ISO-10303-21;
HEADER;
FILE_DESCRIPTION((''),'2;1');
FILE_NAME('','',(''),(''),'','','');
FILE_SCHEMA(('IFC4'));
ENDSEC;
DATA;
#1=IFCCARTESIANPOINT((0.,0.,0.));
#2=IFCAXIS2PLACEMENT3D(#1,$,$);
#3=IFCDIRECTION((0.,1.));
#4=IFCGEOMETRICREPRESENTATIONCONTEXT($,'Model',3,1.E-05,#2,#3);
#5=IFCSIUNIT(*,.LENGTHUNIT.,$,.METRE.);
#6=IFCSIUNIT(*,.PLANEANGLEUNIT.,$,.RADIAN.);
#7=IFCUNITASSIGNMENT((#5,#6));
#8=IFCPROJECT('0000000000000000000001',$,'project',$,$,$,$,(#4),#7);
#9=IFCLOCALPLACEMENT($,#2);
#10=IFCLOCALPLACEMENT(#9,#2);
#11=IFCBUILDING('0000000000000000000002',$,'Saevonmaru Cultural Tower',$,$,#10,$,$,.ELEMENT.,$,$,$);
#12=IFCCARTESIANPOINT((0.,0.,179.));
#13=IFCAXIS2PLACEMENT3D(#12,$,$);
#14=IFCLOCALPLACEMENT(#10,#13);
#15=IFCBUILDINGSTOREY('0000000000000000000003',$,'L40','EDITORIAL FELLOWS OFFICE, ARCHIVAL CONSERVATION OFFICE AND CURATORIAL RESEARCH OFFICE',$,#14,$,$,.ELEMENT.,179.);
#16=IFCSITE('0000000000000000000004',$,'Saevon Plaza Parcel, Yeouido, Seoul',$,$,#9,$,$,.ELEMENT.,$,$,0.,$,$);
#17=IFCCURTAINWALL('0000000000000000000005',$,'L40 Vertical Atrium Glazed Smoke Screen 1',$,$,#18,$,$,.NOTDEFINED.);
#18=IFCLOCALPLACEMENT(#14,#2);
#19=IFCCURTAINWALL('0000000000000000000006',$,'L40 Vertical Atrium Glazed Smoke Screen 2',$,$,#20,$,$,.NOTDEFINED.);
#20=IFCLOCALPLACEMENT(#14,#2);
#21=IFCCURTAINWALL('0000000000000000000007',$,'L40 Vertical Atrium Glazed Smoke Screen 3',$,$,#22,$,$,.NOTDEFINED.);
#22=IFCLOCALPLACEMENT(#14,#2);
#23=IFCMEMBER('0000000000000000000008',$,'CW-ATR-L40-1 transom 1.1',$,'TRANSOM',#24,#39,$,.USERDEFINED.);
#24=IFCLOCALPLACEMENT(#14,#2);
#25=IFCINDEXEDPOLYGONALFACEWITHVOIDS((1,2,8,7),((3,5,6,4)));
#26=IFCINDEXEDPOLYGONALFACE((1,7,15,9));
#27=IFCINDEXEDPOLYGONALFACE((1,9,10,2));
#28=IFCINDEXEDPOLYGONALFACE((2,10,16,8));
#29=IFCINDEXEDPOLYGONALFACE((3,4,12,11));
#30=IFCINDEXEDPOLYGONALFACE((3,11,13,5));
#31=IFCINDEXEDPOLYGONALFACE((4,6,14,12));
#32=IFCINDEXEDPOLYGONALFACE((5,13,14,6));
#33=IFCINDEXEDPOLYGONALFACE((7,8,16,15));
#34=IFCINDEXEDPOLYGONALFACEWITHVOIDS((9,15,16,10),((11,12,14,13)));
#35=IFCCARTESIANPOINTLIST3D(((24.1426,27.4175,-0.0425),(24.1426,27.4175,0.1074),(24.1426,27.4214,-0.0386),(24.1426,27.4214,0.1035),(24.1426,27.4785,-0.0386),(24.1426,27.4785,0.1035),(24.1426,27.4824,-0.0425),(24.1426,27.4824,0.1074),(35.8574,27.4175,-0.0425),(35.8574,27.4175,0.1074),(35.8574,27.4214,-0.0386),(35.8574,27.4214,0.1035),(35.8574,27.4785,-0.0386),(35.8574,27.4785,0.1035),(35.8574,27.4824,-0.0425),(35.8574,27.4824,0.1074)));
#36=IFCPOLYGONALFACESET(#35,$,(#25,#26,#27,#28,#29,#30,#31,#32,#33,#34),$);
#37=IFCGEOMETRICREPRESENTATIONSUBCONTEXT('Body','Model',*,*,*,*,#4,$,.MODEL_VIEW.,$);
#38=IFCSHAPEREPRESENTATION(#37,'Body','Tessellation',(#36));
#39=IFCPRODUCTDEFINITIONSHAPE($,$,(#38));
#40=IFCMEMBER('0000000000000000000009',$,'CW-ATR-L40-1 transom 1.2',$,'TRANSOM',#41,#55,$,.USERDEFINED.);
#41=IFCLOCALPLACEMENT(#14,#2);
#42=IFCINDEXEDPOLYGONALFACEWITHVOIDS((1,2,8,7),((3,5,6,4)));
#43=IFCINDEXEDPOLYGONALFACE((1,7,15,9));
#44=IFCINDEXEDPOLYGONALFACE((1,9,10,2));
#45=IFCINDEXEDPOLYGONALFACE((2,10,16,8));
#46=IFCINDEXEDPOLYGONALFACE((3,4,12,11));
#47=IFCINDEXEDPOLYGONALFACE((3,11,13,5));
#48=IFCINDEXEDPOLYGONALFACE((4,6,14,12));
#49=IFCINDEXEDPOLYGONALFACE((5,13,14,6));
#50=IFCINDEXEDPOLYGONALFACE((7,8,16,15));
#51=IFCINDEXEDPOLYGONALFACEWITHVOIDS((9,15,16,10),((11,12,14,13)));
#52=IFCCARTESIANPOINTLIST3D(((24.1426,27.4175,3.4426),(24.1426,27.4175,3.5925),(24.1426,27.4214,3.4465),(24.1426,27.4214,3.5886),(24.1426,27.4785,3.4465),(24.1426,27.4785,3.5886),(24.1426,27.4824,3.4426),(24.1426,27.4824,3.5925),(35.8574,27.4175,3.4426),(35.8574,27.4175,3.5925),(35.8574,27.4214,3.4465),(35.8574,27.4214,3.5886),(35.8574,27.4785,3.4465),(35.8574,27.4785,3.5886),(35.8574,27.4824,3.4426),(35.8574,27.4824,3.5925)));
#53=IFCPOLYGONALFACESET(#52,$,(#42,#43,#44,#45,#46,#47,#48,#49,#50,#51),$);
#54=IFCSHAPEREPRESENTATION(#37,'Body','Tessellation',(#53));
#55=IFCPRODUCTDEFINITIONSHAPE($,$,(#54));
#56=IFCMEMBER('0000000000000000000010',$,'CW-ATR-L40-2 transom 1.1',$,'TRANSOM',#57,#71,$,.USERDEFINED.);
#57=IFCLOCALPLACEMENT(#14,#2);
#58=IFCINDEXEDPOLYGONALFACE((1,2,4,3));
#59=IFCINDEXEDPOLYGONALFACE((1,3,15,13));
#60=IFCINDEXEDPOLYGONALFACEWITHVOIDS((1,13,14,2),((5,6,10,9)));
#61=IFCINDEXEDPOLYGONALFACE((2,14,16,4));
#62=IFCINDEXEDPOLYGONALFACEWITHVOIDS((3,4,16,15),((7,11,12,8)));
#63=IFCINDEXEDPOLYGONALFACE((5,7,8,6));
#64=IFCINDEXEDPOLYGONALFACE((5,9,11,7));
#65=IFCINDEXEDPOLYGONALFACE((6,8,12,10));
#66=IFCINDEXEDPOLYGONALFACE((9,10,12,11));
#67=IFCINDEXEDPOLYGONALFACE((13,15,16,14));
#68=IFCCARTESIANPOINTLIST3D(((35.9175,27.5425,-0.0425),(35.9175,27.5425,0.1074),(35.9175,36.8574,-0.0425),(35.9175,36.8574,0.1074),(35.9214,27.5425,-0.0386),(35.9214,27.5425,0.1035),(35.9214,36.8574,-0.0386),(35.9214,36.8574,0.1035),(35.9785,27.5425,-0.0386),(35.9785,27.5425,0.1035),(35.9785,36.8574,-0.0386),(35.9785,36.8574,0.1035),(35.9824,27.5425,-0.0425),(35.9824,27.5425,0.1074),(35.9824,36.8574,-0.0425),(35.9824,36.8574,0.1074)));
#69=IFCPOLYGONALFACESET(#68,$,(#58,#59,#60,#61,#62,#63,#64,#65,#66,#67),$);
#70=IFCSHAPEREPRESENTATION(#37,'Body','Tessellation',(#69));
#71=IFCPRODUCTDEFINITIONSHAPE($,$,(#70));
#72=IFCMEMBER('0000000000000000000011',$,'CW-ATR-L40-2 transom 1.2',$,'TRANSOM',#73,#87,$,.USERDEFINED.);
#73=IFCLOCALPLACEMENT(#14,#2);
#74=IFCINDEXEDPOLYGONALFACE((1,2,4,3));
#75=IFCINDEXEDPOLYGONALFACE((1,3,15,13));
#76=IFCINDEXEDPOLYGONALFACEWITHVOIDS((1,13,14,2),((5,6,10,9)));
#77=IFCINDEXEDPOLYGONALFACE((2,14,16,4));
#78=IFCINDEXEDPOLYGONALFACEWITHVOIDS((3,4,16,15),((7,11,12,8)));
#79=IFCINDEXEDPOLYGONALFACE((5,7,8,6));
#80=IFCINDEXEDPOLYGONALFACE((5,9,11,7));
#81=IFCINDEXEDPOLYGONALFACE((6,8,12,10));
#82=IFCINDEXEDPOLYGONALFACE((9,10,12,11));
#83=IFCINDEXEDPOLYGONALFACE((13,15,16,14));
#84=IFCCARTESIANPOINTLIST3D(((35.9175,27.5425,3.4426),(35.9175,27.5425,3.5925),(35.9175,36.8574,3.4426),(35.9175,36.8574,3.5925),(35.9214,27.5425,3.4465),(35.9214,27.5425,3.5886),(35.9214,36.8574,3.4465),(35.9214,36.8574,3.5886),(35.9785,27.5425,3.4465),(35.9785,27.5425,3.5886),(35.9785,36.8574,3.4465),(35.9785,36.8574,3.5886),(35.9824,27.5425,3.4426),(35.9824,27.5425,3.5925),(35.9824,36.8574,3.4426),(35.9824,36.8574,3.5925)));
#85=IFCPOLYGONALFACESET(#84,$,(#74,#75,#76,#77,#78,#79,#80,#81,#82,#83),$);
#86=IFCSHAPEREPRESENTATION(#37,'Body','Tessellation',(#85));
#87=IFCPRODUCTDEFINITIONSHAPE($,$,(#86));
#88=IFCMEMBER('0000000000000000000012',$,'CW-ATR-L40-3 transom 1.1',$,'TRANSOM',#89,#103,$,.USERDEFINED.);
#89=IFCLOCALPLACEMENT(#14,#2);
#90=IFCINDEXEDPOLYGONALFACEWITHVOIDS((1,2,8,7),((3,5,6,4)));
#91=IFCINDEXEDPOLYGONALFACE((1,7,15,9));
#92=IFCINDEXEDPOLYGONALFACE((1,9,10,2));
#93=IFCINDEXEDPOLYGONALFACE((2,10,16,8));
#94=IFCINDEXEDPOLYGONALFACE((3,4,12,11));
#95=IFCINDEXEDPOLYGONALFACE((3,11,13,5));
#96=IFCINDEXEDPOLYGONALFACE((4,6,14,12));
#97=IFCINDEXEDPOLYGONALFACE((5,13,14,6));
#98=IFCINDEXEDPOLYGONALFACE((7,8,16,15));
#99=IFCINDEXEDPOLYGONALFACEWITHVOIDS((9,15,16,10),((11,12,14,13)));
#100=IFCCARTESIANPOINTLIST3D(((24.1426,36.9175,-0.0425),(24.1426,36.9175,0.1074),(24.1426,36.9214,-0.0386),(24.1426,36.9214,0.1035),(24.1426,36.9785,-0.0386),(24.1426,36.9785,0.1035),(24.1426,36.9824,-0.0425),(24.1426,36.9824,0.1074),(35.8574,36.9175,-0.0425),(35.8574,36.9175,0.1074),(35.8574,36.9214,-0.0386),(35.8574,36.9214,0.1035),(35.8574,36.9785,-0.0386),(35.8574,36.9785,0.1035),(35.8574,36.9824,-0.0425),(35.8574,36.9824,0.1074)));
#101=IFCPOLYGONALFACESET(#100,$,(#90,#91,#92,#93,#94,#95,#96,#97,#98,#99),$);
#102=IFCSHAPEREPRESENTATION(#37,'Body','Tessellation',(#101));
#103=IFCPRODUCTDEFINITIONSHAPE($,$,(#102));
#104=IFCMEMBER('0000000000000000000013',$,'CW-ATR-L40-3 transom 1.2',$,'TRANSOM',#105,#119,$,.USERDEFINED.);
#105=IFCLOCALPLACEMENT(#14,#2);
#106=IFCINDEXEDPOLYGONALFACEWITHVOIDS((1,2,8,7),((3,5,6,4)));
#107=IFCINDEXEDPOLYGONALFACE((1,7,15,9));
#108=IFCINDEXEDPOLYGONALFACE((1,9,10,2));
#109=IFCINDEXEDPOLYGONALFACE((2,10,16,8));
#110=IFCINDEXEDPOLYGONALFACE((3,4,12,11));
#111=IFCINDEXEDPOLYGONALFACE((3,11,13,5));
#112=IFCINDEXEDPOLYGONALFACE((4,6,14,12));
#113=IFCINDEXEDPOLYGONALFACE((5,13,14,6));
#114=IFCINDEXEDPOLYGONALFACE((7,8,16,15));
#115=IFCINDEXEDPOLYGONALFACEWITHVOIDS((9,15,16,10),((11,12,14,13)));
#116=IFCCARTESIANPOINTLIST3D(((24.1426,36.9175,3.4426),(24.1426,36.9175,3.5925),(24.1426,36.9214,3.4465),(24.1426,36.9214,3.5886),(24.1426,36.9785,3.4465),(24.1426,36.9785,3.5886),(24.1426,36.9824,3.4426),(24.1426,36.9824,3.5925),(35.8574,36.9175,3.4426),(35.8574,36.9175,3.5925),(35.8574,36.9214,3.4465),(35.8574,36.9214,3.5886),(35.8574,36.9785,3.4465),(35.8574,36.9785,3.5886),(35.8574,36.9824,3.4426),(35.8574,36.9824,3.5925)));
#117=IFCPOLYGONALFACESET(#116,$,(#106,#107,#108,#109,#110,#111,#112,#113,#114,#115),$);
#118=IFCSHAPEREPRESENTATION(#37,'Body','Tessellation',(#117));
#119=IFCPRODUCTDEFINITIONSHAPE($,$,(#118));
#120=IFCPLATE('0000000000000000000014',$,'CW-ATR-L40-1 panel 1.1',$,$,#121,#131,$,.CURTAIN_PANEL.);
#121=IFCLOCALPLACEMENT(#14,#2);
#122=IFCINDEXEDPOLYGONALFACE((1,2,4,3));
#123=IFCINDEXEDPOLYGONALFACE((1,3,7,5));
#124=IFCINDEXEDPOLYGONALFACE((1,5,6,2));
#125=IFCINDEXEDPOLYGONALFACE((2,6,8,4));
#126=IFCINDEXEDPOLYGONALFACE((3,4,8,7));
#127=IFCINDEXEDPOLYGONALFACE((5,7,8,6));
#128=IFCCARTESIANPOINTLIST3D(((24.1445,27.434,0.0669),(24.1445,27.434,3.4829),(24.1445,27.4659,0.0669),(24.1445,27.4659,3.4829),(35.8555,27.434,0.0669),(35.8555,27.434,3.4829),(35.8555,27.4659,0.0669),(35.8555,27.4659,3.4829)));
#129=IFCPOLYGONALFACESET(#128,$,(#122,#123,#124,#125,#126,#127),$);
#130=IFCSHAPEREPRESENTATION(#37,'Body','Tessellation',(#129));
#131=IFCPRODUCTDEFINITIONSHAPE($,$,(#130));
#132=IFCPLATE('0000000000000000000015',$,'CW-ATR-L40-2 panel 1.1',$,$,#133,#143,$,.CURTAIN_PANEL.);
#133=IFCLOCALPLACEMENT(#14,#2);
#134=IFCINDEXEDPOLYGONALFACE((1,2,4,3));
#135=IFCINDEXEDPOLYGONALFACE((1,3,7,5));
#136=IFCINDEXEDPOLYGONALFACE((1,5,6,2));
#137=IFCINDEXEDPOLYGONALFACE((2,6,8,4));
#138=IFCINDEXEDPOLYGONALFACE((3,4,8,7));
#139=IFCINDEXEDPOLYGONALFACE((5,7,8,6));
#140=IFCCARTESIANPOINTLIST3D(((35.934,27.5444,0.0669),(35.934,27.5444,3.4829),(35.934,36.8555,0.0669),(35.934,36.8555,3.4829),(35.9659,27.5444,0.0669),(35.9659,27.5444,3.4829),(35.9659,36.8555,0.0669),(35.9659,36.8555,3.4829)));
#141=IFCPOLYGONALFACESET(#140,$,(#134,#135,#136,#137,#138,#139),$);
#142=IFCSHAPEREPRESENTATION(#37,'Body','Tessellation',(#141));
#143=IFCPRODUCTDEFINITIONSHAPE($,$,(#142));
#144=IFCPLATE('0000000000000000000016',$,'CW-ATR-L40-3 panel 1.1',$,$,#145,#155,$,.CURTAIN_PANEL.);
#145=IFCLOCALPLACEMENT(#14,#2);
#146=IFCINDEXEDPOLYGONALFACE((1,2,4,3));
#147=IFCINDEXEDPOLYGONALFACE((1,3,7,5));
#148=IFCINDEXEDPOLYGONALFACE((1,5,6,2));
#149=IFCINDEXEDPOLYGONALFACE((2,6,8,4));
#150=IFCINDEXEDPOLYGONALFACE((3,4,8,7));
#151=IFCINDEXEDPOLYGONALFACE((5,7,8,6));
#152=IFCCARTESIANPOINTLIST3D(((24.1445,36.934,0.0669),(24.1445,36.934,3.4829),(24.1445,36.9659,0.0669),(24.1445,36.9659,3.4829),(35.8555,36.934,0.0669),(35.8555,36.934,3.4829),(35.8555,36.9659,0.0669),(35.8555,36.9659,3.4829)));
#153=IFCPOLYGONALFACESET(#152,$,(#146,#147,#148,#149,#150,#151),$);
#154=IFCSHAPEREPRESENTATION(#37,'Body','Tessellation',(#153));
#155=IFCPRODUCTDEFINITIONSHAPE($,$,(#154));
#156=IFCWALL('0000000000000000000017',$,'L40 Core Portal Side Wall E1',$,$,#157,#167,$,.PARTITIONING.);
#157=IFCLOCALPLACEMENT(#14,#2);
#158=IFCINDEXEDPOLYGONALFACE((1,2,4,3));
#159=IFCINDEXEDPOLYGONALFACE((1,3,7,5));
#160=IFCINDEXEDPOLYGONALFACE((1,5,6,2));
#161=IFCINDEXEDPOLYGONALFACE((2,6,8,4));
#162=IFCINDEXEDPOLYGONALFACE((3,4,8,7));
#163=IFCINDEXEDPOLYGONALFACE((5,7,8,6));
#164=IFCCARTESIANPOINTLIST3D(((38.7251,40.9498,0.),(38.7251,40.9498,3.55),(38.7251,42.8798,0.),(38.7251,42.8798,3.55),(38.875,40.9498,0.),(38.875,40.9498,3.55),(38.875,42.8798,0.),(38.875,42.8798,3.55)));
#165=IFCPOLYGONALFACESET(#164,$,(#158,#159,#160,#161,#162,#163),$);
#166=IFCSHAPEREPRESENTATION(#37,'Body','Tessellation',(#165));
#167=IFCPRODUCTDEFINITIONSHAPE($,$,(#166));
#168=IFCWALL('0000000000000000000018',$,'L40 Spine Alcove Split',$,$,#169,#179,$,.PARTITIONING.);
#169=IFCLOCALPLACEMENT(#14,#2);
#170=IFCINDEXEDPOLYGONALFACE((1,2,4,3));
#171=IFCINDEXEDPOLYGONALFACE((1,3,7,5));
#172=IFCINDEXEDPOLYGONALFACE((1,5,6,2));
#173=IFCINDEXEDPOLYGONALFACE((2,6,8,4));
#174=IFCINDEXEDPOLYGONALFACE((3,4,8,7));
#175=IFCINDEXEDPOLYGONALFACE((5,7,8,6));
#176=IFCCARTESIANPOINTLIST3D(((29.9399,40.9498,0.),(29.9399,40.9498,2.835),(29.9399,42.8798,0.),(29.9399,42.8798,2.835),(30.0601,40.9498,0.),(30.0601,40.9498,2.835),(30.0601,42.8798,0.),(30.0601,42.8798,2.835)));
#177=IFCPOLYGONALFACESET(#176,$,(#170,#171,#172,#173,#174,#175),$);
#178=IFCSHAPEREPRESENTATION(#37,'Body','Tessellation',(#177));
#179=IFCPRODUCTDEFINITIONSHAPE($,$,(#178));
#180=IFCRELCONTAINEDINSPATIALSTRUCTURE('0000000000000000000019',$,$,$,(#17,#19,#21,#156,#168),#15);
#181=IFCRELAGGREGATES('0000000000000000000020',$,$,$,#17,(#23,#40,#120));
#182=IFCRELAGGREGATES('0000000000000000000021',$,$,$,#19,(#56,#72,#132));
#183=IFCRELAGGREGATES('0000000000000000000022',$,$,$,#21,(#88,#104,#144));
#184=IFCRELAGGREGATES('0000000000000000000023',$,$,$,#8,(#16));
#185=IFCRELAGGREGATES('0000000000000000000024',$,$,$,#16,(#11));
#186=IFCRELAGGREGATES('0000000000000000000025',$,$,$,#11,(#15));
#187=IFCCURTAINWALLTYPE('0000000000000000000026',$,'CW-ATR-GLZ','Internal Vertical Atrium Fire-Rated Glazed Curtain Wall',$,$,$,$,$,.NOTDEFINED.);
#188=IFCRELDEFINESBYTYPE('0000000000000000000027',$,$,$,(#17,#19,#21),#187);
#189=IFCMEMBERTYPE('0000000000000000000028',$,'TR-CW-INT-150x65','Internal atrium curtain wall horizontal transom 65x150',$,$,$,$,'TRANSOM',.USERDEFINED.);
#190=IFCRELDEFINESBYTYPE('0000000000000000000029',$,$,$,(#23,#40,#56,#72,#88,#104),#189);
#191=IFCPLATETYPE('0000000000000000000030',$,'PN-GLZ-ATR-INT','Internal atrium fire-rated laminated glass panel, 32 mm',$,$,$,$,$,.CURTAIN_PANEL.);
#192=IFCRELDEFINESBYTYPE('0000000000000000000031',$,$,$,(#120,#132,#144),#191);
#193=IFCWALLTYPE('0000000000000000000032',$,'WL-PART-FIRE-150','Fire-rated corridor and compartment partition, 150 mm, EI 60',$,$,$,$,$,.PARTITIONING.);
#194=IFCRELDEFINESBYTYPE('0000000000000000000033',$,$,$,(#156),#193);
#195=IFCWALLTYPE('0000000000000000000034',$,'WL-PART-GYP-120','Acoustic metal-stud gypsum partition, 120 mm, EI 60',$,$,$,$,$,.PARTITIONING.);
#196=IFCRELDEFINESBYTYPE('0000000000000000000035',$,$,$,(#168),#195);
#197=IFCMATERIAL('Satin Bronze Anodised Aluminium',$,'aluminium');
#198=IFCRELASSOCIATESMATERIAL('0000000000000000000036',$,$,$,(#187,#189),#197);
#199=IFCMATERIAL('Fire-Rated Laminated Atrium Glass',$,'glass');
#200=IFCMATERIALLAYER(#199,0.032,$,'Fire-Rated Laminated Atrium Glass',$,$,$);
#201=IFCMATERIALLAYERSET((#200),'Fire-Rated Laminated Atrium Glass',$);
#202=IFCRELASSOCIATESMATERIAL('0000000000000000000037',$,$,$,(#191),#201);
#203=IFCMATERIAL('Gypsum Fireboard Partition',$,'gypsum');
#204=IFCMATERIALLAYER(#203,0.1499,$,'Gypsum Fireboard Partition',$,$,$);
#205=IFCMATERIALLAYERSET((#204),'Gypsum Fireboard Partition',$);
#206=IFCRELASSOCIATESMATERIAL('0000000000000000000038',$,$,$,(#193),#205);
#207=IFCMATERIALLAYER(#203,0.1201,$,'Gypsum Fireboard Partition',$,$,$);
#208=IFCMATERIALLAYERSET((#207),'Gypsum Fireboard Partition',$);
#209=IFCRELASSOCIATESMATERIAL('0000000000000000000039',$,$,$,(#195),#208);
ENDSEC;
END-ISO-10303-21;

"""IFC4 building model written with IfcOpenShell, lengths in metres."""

from ifc_helpers import new_model, si_unit, direction, frame, frame_2d, origin, origin_2d, place, context, subcontext, project, spatial, rectangle, hollow_rectangle, extrude, material, layer, layer_set, material_profile, profile_set, type_object, element, aggregate, save


model = new_model("IFC4")

# Units and contexts
model_context = context("Model", 3, precision=1e-05, world=origin(), true_north=direction((0.0, 1.0)))
body_context = subcontext(model_context, "Body", "Model", "MODEL_VIEW")
ifc_project = project(units=[si_unit("LENGTHUNIT", "METRE"), si_unit("PLANEANGLEUNIT", "RADIAN")], contexts=[model_context])

# Site, building, storey
site_placement = place(None, origin())
site = spatial("IfcSite", under=ifc_project, at=site_placement, Name="Saevon Plaza Parcel, Yeouido, Seoul", CompositionType="ELEMENT", RefElevation=0.0)
building_placement = place(site_placement, origin())
building = spatial("IfcBuilding", under=site, at=building_placement, Name="Saevonmaru Cultural Tower", CompositionType="ELEMENT")
storey_placement = place(building_placement, frame((0.0, 0.0, 179.0)))
storey = spatial("IfcBuildingStorey", under=building, at=storey_placement, Name="L40", Description="EDITORIAL FELLOWS OFFICE, ARCHIVAL CONSERVATION OFFICE AND CURATORIAL RESEARCH OFFICE", CompositionType="ELEMENT", Elevation=179.0)

# Shared definitions
ifc_material_1 = material(Name="Satin Bronze Anodised Aluminium", Category="aluminium")

# Curtain walls
curtain_wall_type_1 = type_object("IfcCurtainWallType", Name="CW-ATR-GLZ", Description="Internal Vertical Atrium Fire-Rated Glazed Curtain Wall", PredefinedType="NOTDEFINED", material=ifc_material_1)
curtain_wall_1_placement = place(storey_placement, origin())
curtain_wall_1 = element("IfcCurtainWall", 1, at=curtain_wall_1_placement, inside=storey, type_object=curtain_wall_type_1, Name="L40 Vertical Atrium Glazed Smoke Screen 1", PredefinedType="NOTDEFINED")
curtain_wall_2_placement = place(storey_placement, origin())
curtain_wall_2 = element("IfcCurtainWall", 2, at=curtain_wall_2_placement, inside=storey, type_object=curtain_wall_type_1, Name="L40 Vertical Atrium Glazed Smoke Screen 2", PredefinedType="NOTDEFINED")
curtain_wall_3_placement = place(storey_placement, origin())
curtain_wall_3 = element("IfcCurtainWall", 3, at=curtain_wall_3_placement, inside=storey, type_object=curtain_wall_type_1, Name="L40 Vertical Atrium Glazed Smoke Screen 3", PredefinedType="NOTDEFINED")

# Members
ifc_material_profile_1 = material_profile(ifc_material_1, hollow_rectangle(XDim=0.0649, YDim=0.1499, WallThickness=0.0039, at=origin_2d()), Name="ALU-TRAN-150x65x4")
ifc_profile_set_1 = profile_set([ifc_material_profile_1], Name="Satin Bronze Anodised Aluminium")
member_type_1 = type_object("IfcMemberType", Name="TR-CW-INT-150x65", Description="Internal atrium curtain wall horizontal transom 65x150", ElementType="TRANSOM", PredefinedType="USERDEFINED", material=ifc_profile_set_1)
member_1_placement = place(storey_placement, frame((24.1426, 27.45, 0.0325), z_axis=(1.0, 0.0, 0.0), x_axis=(0.0, 1.0, 0.0)))
member_1 = element("IfcMember", 4, at=member_1_placement, type_object=member_type_1, Name="CW-ATR-L40-1 transom 1.1", ObjectType="TRANSOM", PredefinedType="USERDEFINED", context=body_context, shape_type="SweptSolid", body=[
    extrude(hollow_rectangle(XDim=0.0649, YDim=0.1499, WallThickness=0.0039, at=origin_2d()), origin(), (0.0, 0.0, 1.0), 11.7148),
])
member_2_placement = place(storey_placement, frame((24.1426, 27.45, 3.5176), z_axis=(1.0, 0.0, 0.0), x_axis=(0.0, 1.0, 0.0)))
member_2 = element("IfcMember", 5, at=member_2_placement, type_object=member_type_1, Name="CW-ATR-L40-1 transom 1.2", ObjectType="TRANSOM", PredefinedType="USERDEFINED", context=body_context, shape_type="SweptSolid", body=[
    extrude(hollow_rectangle(XDim=0.0649, YDim=0.1499, WallThickness=0.0039, at=origin_2d()), origin(), (0.0, 0.0, 1.0), 11.7148),
])
member_3_placement = place(storey_placement, frame((35.95, 27.5425, 0.0325), z_axis=(0.0, 1.0, 0.0), x_axis=(-1.0, 0.0, 0.0)))
member_3 = element("IfcMember", 6, at=member_3_placement, type_object=member_type_1, Name="CW-ATR-L40-2 transom 1.1", ObjectType="TRANSOM", PredefinedType="USERDEFINED", context=body_context, shape_type="SweptSolid", body=[
    extrude(hollow_rectangle(XDim=0.0649, YDim=0.1499, WallThickness=0.0039, at=origin_2d()), origin(), (0.0, 0.0, 1.0), 9.3149),
])
member_4_placement = place(storey_placement, frame((35.95, 27.5425, 3.5176), z_axis=(0.0, 1.0, 0.0), x_axis=(-1.0, 0.0, 0.0)))
member_4 = element("IfcMember", 7, at=member_4_placement, type_object=member_type_1, Name="CW-ATR-L40-2 transom 1.2", ObjectType="TRANSOM", PredefinedType="USERDEFINED", context=body_context, shape_type="SweptSolid", body=[
    extrude(hollow_rectangle(XDim=0.0649, YDim=0.1499, WallThickness=0.0039, at=origin_2d()), origin(), (0.0, 0.0, 1.0), 9.3149),
])
member_5_placement = place(storey_placement, frame((35.8574, 36.95, 0.0325), z_axis=(-1.0, 0.0, 0.0), x_axis=(0.0, -1.0, 0.0)))
member_5 = element("IfcMember", 8, at=member_5_placement, type_object=member_type_1, Name="CW-ATR-L40-3 transom 1.1", ObjectType="TRANSOM", PredefinedType="USERDEFINED", context=body_context, shape_type="SweptSolid", body=[
    extrude(hollow_rectangle(XDim=0.0649, YDim=0.1499, WallThickness=0.0039, at=origin_2d()), origin(), (0.0, 0.0, 1.0), 11.7148),
])
member_6_placement = place(storey_placement, frame((35.8574, 36.95, 3.5176), z_axis=(-1.0, 0.0, 0.0), x_axis=(0.0, -1.0, 0.0)))
member_6 = element("IfcMember", 9, at=member_6_placement, type_object=member_type_1, Name="CW-ATR-L40-3 transom 1.2", ObjectType="TRANSOM", PredefinedType="USERDEFINED", context=body_context, shape_type="SweptSolid", body=[
    extrude(hollow_rectangle(XDim=0.0649, YDim=0.1499, WallThickness=0.0039, at=origin_2d()), origin(), (0.0, 0.0, 1.0), 11.7148),
])

# Plates
ifc_material_2 = material(Name="Fire-Rated Laminated Atrium Glass", Category="glass")
ifc_layer_1 = layer(ifc_material_2, 0.032, Name="Fire-Rated Laminated Atrium Glass")
ifc_layer_set_1 = layer_set([ifc_layer_1], Name="Fire-Rated Laminated Atrium Glass")
plate_type = type_object("IfcPlateType", Name="PN-GLZ-ATR-INT", Description="Internal atrium fire-rated laminated glass panel, 32 mm", PredefinedType="CURTAIN_PANEL", material=ifc_layer_set_1)
plate_1_placement = place(storey_placement, frame((30.0, 27.45, 0.0669), z_axis=(0.0, 0.0, 1.0), x_axis=(1.0, 0.0, 0.0)))
plate_1 = element("IfcPlate", 10, at=plate_1_placement, type_object=plate_type, Name="CW-ATR-L40-1 panel 1.1", PredefinedType="CURTAIN_PANEL", context=body_context, shape_type="SweptSolid", body=[
    extrude(rectangle(XDim=11.7109, YDim=0.032, at=origin_2d()), origin(), (0.0, 0.0, 1.0), 3.416),
])
aggregate(curtain_wall_1, [member_1, member_2, plate_1])
plate_2_placement = place(storey_placement, frame((35.95, 32.2, 0.0669), z_axis=(0.0, 0.0, 1.0), x_axis=(0.0, 1.0, 0.0)))
plate_2 = element("IfcPlate", 11, at=plate_2_placement, type_object=plate_type, Name="CW-ATR-L40-2 panel 1.1", PredefinedType="CURTAIN_PANEL", context=body_context, shape_type="SweptSolid", body=[
    extrude(rectangle(XDim=9.311, YDim=0.032, at=origin_2d()), origin(), (0.0, 0.0, 1.0), 3.416),
])
aggregate(curtain_wall_2, [member_3, member_4, plate_2])
plate_3_placement = place(storey_placement, frame((30.0, 36.95, 0.0669), z_axis=(0.0, 0.0, 1.0), x_axis=(-1.0, 0.0, 0.0)))
plate_3 = element("IfcPlate", 12, at=plate_3_placement, type_object=plate_type, Name="CW-ATR-L40-3 panel 1.1", PredefinedType="CURTAIN_PANEL", context=body_context, shape_type="SweptSolid", body=[
    extrude(rectangle(XDim=11.7109, YDim=0.032, at=origin_2d()), origin(), (0.0, 0.0, 1.0), 3.416),
])
aggregate(curtain_wall_3, [member_5, member_6, plate_3])

# Walls
ifc_material_3 = material(Name="Gypsum Fireboard Partition", Category="gypsum")
ifc_layer_2 = layer(ifc_material_3, 0.1499, Name="Gypsum Fireboard Partition")
ifc_layer_set_2 = layer_set([ifc_layer_2], Name="Gypsum Fireboard Partition")
wall_type_1 = type_object("IfcWallType", Name="WL-PART-FIRE-150", Description="Fire-rated corridor and compartment partition, 150 mm, EI 60", PredefinedType="PARTITIONING", material=ifc_layer_set_2)
wall_1_placement = place(storey_placement, frame((38.8, 40.95, 0.0), z_axis=(0.0, 0.0, 1.0), x_axis=(0.0, 1.0, 0.0)))
element("IfcWall", 13, at=wall_1_placement, inside=storey, type_object=wall_type_1, Name="L40 Core Portal Side Wall E1", PredefinedType="PARTITIONING", context=body_context, shape_type="SweptSolid", body=[
    extrude(rectangle(XDim=1.9299, YDim=0.1499, at=frame_2d((0.9648, 0.0))), origin(), (0.0, 0.0, 1.0), 3.55),
])
ifc_layer_3 = layer(ifc_material_3, 0.1201, Name="Gypsum Fireboard Partition")
ifc_layer_set_3 = layer_set([ifc_layer_3], Name="Gypsum Fireboard Partition")
wall_type_2 = type_object("IfcWallType", Name="WL-PART-GYP-120", Description="Acoustic metal-stud gypsum partition, 120 mm, EI 60", PredefinedType="PARTITIONING", material=ifc_layer_set_3)
wall_2_placement = place(storey_placement, frame((30.0, 40.95, 0.0), z_axis=(0.0, 0.0, 1.0), x_axis=(0.0, 1.0, 0.0)))
element("IfcWall", 14, at=wall_2_placement, inside=storey, type_object=wall_type_2, Name="L40 Spine Alcove Split", PredefinedType="PARTITIONING", context=body_context, shape_type="SweptSolid", body=[
    extrude(rectangle(XDim=1.9299, YDim=0.1201, at=frame_2d((0.9648, 0.0))), origin(), (0.0, 0.0, 1.0), 2.835),
])

save(model, "model.ifc")
